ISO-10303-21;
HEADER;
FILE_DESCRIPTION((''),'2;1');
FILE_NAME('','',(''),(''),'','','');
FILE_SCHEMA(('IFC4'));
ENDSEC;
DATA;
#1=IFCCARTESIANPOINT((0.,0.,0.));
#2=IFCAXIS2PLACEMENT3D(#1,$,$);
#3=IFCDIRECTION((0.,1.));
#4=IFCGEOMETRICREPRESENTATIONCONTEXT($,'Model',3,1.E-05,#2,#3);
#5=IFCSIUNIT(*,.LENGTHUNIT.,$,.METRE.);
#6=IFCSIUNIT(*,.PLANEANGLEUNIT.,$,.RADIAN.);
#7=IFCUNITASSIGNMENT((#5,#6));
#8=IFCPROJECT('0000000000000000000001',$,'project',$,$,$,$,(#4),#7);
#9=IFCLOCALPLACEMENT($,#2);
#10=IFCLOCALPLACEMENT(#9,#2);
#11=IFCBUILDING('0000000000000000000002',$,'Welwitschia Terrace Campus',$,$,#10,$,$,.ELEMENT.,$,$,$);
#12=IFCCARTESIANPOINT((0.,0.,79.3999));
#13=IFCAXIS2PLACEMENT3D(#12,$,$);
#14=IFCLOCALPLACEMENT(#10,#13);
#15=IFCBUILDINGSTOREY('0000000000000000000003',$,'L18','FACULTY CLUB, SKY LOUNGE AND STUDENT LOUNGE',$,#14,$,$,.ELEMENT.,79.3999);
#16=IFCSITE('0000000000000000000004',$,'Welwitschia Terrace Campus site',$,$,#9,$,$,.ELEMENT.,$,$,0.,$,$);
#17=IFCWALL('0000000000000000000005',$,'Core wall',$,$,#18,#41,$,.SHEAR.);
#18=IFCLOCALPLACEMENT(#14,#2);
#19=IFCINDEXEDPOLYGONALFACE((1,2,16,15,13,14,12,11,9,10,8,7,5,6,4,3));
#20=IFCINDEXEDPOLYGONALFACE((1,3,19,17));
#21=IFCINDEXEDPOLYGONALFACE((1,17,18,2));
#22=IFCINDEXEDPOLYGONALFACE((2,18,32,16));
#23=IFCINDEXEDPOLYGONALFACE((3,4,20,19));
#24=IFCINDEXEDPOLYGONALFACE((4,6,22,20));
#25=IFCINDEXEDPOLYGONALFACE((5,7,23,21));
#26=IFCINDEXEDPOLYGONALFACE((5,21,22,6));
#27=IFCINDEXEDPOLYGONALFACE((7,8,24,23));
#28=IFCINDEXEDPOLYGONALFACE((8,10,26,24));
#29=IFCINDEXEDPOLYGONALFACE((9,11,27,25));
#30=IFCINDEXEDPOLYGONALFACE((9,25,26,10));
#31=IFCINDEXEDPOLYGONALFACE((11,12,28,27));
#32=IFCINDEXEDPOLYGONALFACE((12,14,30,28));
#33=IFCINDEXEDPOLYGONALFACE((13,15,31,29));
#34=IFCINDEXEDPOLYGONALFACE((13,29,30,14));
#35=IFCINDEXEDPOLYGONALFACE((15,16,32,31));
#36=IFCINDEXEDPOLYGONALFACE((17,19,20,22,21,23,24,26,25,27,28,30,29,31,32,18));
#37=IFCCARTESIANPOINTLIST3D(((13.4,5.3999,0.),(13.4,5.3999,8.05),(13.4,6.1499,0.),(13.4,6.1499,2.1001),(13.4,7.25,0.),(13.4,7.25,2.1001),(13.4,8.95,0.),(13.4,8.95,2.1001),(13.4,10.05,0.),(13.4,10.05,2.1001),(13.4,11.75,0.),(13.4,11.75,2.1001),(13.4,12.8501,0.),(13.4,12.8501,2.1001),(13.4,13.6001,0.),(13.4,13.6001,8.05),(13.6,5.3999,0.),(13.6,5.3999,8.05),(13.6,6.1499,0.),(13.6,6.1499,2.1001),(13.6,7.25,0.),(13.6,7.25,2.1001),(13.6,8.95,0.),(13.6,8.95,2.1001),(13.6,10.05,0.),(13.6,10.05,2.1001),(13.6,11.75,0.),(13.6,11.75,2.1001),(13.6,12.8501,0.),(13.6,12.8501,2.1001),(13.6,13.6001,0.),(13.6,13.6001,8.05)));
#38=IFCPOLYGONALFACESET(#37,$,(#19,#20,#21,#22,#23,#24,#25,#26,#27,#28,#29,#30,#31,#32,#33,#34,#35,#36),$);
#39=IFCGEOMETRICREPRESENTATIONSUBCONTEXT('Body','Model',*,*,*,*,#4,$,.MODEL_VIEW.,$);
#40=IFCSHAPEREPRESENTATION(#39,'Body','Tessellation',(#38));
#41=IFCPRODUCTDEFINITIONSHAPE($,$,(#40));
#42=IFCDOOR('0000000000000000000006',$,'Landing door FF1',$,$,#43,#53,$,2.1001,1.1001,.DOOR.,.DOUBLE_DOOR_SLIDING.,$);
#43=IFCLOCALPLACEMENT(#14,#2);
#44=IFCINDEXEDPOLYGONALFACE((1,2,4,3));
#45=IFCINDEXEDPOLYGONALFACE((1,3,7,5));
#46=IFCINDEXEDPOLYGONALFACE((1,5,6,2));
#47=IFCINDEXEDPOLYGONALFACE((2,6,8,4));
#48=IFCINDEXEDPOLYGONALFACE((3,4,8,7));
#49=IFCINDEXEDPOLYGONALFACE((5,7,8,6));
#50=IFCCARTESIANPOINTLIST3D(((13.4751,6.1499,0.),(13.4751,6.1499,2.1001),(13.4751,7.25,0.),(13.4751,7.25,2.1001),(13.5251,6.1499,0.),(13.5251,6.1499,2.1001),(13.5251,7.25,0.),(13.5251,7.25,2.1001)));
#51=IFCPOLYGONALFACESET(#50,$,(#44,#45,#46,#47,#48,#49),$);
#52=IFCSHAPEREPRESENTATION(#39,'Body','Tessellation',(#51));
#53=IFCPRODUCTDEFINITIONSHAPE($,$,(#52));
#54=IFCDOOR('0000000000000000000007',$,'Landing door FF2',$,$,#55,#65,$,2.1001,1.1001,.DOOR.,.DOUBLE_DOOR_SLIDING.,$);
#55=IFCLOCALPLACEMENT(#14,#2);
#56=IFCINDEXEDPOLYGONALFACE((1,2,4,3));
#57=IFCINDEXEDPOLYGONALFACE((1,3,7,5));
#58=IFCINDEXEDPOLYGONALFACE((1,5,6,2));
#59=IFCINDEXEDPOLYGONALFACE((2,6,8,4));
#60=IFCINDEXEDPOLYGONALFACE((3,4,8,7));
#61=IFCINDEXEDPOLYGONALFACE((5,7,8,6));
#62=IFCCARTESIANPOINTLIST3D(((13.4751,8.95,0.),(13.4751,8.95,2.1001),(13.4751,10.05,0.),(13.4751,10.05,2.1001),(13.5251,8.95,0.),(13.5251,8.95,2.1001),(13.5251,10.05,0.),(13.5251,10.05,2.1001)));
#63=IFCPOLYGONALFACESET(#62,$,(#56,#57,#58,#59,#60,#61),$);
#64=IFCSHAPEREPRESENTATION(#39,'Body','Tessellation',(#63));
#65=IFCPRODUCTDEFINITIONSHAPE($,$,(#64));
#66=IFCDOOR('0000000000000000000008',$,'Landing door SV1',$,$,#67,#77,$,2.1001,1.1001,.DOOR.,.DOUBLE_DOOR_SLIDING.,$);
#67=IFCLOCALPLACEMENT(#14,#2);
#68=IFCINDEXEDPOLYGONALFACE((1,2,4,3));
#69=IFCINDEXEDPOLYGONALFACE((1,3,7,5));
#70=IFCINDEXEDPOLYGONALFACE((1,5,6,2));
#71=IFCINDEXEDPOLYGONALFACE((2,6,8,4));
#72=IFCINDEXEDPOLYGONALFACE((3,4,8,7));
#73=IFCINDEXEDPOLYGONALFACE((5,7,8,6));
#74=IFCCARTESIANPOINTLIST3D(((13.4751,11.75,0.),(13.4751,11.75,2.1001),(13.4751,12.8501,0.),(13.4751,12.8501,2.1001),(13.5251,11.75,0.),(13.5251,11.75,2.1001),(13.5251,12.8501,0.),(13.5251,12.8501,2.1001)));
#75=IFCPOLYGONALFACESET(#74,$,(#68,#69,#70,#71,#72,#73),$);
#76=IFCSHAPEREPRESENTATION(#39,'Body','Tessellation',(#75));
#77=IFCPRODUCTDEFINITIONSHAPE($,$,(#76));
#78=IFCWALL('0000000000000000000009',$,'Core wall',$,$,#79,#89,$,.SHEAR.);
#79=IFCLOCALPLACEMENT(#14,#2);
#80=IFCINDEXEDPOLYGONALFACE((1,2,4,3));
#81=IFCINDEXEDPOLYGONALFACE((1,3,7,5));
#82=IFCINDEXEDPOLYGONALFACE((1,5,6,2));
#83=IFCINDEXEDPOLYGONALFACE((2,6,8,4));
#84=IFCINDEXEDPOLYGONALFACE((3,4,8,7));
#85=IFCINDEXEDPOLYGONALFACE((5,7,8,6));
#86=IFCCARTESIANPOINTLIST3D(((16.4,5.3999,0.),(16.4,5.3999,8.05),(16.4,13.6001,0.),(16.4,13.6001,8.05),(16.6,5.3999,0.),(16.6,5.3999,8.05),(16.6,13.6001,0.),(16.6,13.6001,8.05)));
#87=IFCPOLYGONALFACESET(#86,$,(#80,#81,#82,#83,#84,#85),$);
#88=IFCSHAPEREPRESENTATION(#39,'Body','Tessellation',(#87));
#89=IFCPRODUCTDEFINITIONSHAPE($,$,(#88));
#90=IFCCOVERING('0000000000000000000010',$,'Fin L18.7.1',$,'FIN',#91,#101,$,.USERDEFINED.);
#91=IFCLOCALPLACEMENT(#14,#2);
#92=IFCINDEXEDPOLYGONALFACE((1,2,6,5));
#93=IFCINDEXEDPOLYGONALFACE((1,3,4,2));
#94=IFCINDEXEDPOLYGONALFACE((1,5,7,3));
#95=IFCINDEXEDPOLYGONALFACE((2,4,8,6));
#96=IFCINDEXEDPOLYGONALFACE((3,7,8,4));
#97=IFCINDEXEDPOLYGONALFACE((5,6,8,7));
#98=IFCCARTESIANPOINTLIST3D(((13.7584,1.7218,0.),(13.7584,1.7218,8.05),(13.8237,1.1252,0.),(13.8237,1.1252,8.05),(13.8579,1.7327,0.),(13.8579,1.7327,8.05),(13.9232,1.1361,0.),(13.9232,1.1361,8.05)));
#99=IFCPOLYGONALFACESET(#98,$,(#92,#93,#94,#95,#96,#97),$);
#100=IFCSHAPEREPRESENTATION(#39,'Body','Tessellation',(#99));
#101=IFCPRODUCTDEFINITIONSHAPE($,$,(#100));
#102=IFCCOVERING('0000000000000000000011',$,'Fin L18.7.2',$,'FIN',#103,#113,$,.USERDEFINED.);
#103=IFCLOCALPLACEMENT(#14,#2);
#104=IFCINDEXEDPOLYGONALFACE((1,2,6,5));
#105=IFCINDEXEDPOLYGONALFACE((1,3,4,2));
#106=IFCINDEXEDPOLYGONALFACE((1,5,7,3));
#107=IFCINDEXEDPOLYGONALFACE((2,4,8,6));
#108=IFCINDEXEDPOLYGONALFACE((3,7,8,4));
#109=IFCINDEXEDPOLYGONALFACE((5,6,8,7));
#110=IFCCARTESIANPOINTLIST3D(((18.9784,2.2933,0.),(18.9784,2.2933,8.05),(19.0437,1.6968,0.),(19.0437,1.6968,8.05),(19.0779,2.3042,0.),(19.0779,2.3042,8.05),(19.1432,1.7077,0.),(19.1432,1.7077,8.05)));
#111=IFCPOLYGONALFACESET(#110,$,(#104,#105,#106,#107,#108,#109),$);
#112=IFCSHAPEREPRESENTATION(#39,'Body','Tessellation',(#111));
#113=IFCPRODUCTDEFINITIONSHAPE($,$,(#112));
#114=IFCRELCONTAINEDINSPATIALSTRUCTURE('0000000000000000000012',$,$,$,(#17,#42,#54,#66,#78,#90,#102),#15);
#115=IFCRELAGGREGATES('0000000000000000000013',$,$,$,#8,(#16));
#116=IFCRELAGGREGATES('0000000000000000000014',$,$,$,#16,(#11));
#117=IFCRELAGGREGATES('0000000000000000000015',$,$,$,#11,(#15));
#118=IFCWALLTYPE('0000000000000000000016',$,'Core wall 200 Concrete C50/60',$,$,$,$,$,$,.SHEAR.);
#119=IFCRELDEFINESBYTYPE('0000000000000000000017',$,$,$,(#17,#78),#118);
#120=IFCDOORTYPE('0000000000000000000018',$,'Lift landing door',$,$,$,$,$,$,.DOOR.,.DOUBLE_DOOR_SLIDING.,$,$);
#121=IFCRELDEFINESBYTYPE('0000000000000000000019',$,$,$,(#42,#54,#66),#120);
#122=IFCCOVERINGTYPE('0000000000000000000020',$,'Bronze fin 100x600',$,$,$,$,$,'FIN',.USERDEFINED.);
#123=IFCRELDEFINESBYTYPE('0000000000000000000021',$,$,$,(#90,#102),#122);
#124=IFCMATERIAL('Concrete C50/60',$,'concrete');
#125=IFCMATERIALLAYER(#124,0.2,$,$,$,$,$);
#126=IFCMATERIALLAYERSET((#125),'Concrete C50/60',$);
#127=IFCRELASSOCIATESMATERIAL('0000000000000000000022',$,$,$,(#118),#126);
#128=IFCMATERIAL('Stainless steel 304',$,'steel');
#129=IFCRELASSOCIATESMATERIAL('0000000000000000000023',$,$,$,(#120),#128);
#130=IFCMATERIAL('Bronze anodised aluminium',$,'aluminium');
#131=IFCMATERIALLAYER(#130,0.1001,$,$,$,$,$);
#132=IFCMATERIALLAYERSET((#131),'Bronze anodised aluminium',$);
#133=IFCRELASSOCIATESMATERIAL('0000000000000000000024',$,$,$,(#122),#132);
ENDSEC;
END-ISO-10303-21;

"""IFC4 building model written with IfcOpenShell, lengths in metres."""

from ifc_helpers import new_model, si_unit, direction, frame, frame_2d, origin, origin_2d, place, context, subcontext, project, spatial, rectangle, extrude, material, layer, layer_set, type_object, element, fill, save


model = new_model("IFC4")

# Units and contexts
model_context = context("Model", 3, precision=1e-05, world=origin(), true_north=direction((0.0, 1.0)))
body_context = subcontext(model_context, "Body", "Model", "MODEL_VIEW")
ifc_project = project(units=[si_unit("LENGTHUNIT", "METRE"), si_unit("PLANEANGLEUNIT", "RADIAN")], contexts=[model_context])

# Site, building, storey
site_placement = place(None, origin())
site = spatial("IfcSite", under=ifc_project, at=site_placement, Name="Welwitschia Terrace Campus site", CompositionType="ELEMENT", RefElevation=0.0)
building_placement = place(site_placement, origin())
building = spatial("IfcBuilding", under=site, at=building_placement, Name="Welwitschia Terrace Campus", CompositionType="ELEMENT")
storey_placement = place(building_placement, frame((0.0, 0.0, 79.3999)))
storey = spatial("IfcBuildingStorey", under=building, at=storey_placement, Name="L18", Description="FACULTY CLUB, SKY LOUNGE AND STUDENT LOUNGE", CompositionType="ELEMENT", Elevation=79.3999)

# Wall, openings, doors
ifc_material_1 = material(Name="Concrete C50/60", Category="concrete")
ifc_layer_1 = layer(ifc_material_1, 0.2)
ifc_layer_set_1 = layer_set([ifc_layer_1], Name="Concrete C50/60")
wall_type = type_object("IfcWallType", Name="Core wall 200 Concrete C50/60", PredefinedType="SHEAR", material=ifc_layer_set_1)
wall_1_placement = place(storey_placement, frame((13.5, 5.3999, 0.0), z_axis=(0.0, 0.0, 1.0), x_axis=(0.0, 1.0, 0.0)))
wall_1 = element("IfcWall", 1, at=wall_1_placement, inside=storey, type_object=wall_type, Name="Core wall", PredefinedType="SHEAR", context=body_context, shape_type="SweptSolid", body=[
    extrude(rectangle(XDim=8.2002, YDim=0.2, at=frame_2d((4.1001, 0.0))), origin(), (0.0, 0.0, 1.0), 8.05),
])
opening_1_placement = place(wall_1_placement, frame((0.75, 0.0, 0.0)))
opening_1 = element("IfcOpeningElement", 2, at=opening_1_placement, cuts=wall_1, PredefinedType="OPENING", context=body_context, shape_type="SweptSolid", body=[
    extrude(rectangle(XDim=1.1001, YDim=2.1001, at=frame_2d((0.55, 1.05))), frame((0.0, 0.1099, 0.0), z_axis=(0.0, -1.0, 0.0), x_axis=(1.0, 0.0, 0.0)), (0.0, 0.0, 1.0), 0.22),
])
opening_2_placement = place(wall_1_placement, frame((3.55, 0.0, 0.0)))
opening_2 = element("IfcOpeningElement", 3, at=opening_2_placement, cuts=wall_1, PredefinedType="OPENING", context=body_context, shape_type="SweptSolid", body=[
    extrude(rectangle(XDim=1.1001, YDim=2.1001, at=frame_2d((0.55, 1.05))), frame((0.0, 0.1099, 0.0), z_axis=(0.0, -1.0, 0.0), x_axis=(1.0, 0.0, 0.0)), (0.0, 0.0, 1.0), 0.22),
])
opening_3_placement = place(wall_1_placement, frame((6.3501, 0.0, 0.0)))
opening_3 = element("IfcOpeningElement", 4, at=opening_3_placement, cuts=wall_1, PredefinedType="OPENING", context=body_context, shape_type="SweptSolid", body=[
    extrude(rectangle(XDim=1.1001, YDim=2.1001, at=frame_2d((0.55, 1.05))), frame((0.0, 0.1099, 0.0), z_axis=(0.0, -1.0, 0.0), x_axis=(1.0, 0.0, 0.0)), (0.0, 0.0, 1.0), 0.22),
])
ifc_material_2 = material(Name="Stainless steel 304", Category="steel")
door_type = type_object("IfcDoorType", Name="Lift landing door", OperationType="DOUBLE_DOOR_SLIDING", PredefinedType="DOOR", material=ifc_material_2)
door_1_placement = place(opening_1_placement, origin())
door_1 = element("IfcDoor", 5, at=door_1_placement, inside=storey, type_object=door_type, Name="Landing door FF1", OperationType="DOUBLE_DOOR_SLIDING", OverallHeight=2.1001, OverallWidth=1.1001, PredefinedType="DOOR", context=body_context, shape_type="SweptSolid", body=[
    extrude(rectangle(XDim=1.1001, YDim=2.1001, at=frame_2d((0.55, 1.05))), frame((0.0, 0.0249, 0.0), z_axis=(0.0, -1.0, 0.0), x_axis=(1.0, 0.0, 0.0)), (0.0, 0.0, 1.0), 0.05),
])
fill(opening_1, door_1)
door_2_placement = place(opening_2_placement, origin())
door_2 = element("IfcDoor", 6, at=door_2_placement, inside=storey, type_object=door_type, Name="Landing door FF2", OperationType="DOUBLE_DOOR_SLIDING", OverallHeight=2.1001, OverallWidth=1.1001, PredefinedType="DOOR", context=body_context, shape_type="SweptSolid", body=[
    extrude(rectangle(XDim=1.1001, YDim=2.1001, at=frame_2d((0.55, 1.05))), frame((0.0, 0.0249, 0.0), z_axis=(0.0, -1.0, 0.0), x_axis=(1.0, 0.0, 0.0)), (0.0, 0.0, 1.0), 0.05),
])
fill(opening_2, door_2)
door_3_placement = place(opening_3_placement, origin())
door_3 = element("IfcDoor", 7, at=door_3_placement, inside=storey, type_object=door_type, Name="Landing door SV1", OperationType="DOUBLE_DOOR_SLIDING", OverallHeight=2.1001, OverallWidth=1.1001, PredefinedType="DOOR", context=body_context, shape_type="SweptSolid", body=[
    extrude(rectangle(XDim=1.1001, YDim=2.1001, at=frame_2d((0.55, 1.05))), frame((0.0, 0.0249, 0.0), z_axis=(0.0, -1.0, 0.0), x_axis=(1.0, 0.0, 0.0)), (0.0, 0.0, 1.0), 0.05),
])
fill(opening_3, door_3)

# Wall
wall_2_placement = place(storey_placement, frame((16.5, 5.3999, 0.0), z_axis=(0.0, 0.0, 1.0), x_axis=(0.0, 1.0, 0.0)))
element("IfcWall", 8, at=wall_2_placement, inside=storey, type_object=wall_type, Name="Core wall", PredefinedType="SHEAR", context=body_context, shape_type="SweptSolid", body=[
    extrude(rectangle(XDim=8.2002, YDim=0.2, at=frame_2d((4.1001, 0.0))), origin(), (0.0, 0.0, 1.0), 8.05),
])

# Coverings
ifc_material_3 = material(Name="Bronze anodised aluminium", Category="aluminium")
ifc_layer_2 = layer(ifc_material_3, 0.1001)
ifc_layer_set_2 = layer_set([ifc_layer_2], Name="Bronze anodised aluminium")
covering_type = type_object("IfcCoveringType", Name="Bronze fin 100x600", ElementType="FIN", PredefinedType="USERDEFINED", material=ifc_layer_set_2)
for number, where, z_axis, x_axis, name in (
    (9, (13.8408, 1.429, 0.0), (0.0, 0.0, 1.0), (0.994056, 0.108867, 0.0), "Fin L18.7.1"),
    (10, (19.0608, 2.0005, 0.0), (0.0, 0.0, 1.0), (0.994056, 0.108867, 0.0), "Fin L18.7.2"),
):
    element("IfcCovering", number, at=place(storey_placement, frame(where, z_axis=z_axis, x_axis=x_axis)), inside=storey, type_object=covering_type, Name=name, ObjectType="FIN", PredefinedType="USERDEFINED", context=body_context, shape_type="SweptSolid", body=[
        extrude(rectangle(XDim=0.1001, YDim=0.6001, at=origin_2d()), origin(), (0.0, 0.0, 1.0), 8.05),
    ])

save(model, "model.ifc")
